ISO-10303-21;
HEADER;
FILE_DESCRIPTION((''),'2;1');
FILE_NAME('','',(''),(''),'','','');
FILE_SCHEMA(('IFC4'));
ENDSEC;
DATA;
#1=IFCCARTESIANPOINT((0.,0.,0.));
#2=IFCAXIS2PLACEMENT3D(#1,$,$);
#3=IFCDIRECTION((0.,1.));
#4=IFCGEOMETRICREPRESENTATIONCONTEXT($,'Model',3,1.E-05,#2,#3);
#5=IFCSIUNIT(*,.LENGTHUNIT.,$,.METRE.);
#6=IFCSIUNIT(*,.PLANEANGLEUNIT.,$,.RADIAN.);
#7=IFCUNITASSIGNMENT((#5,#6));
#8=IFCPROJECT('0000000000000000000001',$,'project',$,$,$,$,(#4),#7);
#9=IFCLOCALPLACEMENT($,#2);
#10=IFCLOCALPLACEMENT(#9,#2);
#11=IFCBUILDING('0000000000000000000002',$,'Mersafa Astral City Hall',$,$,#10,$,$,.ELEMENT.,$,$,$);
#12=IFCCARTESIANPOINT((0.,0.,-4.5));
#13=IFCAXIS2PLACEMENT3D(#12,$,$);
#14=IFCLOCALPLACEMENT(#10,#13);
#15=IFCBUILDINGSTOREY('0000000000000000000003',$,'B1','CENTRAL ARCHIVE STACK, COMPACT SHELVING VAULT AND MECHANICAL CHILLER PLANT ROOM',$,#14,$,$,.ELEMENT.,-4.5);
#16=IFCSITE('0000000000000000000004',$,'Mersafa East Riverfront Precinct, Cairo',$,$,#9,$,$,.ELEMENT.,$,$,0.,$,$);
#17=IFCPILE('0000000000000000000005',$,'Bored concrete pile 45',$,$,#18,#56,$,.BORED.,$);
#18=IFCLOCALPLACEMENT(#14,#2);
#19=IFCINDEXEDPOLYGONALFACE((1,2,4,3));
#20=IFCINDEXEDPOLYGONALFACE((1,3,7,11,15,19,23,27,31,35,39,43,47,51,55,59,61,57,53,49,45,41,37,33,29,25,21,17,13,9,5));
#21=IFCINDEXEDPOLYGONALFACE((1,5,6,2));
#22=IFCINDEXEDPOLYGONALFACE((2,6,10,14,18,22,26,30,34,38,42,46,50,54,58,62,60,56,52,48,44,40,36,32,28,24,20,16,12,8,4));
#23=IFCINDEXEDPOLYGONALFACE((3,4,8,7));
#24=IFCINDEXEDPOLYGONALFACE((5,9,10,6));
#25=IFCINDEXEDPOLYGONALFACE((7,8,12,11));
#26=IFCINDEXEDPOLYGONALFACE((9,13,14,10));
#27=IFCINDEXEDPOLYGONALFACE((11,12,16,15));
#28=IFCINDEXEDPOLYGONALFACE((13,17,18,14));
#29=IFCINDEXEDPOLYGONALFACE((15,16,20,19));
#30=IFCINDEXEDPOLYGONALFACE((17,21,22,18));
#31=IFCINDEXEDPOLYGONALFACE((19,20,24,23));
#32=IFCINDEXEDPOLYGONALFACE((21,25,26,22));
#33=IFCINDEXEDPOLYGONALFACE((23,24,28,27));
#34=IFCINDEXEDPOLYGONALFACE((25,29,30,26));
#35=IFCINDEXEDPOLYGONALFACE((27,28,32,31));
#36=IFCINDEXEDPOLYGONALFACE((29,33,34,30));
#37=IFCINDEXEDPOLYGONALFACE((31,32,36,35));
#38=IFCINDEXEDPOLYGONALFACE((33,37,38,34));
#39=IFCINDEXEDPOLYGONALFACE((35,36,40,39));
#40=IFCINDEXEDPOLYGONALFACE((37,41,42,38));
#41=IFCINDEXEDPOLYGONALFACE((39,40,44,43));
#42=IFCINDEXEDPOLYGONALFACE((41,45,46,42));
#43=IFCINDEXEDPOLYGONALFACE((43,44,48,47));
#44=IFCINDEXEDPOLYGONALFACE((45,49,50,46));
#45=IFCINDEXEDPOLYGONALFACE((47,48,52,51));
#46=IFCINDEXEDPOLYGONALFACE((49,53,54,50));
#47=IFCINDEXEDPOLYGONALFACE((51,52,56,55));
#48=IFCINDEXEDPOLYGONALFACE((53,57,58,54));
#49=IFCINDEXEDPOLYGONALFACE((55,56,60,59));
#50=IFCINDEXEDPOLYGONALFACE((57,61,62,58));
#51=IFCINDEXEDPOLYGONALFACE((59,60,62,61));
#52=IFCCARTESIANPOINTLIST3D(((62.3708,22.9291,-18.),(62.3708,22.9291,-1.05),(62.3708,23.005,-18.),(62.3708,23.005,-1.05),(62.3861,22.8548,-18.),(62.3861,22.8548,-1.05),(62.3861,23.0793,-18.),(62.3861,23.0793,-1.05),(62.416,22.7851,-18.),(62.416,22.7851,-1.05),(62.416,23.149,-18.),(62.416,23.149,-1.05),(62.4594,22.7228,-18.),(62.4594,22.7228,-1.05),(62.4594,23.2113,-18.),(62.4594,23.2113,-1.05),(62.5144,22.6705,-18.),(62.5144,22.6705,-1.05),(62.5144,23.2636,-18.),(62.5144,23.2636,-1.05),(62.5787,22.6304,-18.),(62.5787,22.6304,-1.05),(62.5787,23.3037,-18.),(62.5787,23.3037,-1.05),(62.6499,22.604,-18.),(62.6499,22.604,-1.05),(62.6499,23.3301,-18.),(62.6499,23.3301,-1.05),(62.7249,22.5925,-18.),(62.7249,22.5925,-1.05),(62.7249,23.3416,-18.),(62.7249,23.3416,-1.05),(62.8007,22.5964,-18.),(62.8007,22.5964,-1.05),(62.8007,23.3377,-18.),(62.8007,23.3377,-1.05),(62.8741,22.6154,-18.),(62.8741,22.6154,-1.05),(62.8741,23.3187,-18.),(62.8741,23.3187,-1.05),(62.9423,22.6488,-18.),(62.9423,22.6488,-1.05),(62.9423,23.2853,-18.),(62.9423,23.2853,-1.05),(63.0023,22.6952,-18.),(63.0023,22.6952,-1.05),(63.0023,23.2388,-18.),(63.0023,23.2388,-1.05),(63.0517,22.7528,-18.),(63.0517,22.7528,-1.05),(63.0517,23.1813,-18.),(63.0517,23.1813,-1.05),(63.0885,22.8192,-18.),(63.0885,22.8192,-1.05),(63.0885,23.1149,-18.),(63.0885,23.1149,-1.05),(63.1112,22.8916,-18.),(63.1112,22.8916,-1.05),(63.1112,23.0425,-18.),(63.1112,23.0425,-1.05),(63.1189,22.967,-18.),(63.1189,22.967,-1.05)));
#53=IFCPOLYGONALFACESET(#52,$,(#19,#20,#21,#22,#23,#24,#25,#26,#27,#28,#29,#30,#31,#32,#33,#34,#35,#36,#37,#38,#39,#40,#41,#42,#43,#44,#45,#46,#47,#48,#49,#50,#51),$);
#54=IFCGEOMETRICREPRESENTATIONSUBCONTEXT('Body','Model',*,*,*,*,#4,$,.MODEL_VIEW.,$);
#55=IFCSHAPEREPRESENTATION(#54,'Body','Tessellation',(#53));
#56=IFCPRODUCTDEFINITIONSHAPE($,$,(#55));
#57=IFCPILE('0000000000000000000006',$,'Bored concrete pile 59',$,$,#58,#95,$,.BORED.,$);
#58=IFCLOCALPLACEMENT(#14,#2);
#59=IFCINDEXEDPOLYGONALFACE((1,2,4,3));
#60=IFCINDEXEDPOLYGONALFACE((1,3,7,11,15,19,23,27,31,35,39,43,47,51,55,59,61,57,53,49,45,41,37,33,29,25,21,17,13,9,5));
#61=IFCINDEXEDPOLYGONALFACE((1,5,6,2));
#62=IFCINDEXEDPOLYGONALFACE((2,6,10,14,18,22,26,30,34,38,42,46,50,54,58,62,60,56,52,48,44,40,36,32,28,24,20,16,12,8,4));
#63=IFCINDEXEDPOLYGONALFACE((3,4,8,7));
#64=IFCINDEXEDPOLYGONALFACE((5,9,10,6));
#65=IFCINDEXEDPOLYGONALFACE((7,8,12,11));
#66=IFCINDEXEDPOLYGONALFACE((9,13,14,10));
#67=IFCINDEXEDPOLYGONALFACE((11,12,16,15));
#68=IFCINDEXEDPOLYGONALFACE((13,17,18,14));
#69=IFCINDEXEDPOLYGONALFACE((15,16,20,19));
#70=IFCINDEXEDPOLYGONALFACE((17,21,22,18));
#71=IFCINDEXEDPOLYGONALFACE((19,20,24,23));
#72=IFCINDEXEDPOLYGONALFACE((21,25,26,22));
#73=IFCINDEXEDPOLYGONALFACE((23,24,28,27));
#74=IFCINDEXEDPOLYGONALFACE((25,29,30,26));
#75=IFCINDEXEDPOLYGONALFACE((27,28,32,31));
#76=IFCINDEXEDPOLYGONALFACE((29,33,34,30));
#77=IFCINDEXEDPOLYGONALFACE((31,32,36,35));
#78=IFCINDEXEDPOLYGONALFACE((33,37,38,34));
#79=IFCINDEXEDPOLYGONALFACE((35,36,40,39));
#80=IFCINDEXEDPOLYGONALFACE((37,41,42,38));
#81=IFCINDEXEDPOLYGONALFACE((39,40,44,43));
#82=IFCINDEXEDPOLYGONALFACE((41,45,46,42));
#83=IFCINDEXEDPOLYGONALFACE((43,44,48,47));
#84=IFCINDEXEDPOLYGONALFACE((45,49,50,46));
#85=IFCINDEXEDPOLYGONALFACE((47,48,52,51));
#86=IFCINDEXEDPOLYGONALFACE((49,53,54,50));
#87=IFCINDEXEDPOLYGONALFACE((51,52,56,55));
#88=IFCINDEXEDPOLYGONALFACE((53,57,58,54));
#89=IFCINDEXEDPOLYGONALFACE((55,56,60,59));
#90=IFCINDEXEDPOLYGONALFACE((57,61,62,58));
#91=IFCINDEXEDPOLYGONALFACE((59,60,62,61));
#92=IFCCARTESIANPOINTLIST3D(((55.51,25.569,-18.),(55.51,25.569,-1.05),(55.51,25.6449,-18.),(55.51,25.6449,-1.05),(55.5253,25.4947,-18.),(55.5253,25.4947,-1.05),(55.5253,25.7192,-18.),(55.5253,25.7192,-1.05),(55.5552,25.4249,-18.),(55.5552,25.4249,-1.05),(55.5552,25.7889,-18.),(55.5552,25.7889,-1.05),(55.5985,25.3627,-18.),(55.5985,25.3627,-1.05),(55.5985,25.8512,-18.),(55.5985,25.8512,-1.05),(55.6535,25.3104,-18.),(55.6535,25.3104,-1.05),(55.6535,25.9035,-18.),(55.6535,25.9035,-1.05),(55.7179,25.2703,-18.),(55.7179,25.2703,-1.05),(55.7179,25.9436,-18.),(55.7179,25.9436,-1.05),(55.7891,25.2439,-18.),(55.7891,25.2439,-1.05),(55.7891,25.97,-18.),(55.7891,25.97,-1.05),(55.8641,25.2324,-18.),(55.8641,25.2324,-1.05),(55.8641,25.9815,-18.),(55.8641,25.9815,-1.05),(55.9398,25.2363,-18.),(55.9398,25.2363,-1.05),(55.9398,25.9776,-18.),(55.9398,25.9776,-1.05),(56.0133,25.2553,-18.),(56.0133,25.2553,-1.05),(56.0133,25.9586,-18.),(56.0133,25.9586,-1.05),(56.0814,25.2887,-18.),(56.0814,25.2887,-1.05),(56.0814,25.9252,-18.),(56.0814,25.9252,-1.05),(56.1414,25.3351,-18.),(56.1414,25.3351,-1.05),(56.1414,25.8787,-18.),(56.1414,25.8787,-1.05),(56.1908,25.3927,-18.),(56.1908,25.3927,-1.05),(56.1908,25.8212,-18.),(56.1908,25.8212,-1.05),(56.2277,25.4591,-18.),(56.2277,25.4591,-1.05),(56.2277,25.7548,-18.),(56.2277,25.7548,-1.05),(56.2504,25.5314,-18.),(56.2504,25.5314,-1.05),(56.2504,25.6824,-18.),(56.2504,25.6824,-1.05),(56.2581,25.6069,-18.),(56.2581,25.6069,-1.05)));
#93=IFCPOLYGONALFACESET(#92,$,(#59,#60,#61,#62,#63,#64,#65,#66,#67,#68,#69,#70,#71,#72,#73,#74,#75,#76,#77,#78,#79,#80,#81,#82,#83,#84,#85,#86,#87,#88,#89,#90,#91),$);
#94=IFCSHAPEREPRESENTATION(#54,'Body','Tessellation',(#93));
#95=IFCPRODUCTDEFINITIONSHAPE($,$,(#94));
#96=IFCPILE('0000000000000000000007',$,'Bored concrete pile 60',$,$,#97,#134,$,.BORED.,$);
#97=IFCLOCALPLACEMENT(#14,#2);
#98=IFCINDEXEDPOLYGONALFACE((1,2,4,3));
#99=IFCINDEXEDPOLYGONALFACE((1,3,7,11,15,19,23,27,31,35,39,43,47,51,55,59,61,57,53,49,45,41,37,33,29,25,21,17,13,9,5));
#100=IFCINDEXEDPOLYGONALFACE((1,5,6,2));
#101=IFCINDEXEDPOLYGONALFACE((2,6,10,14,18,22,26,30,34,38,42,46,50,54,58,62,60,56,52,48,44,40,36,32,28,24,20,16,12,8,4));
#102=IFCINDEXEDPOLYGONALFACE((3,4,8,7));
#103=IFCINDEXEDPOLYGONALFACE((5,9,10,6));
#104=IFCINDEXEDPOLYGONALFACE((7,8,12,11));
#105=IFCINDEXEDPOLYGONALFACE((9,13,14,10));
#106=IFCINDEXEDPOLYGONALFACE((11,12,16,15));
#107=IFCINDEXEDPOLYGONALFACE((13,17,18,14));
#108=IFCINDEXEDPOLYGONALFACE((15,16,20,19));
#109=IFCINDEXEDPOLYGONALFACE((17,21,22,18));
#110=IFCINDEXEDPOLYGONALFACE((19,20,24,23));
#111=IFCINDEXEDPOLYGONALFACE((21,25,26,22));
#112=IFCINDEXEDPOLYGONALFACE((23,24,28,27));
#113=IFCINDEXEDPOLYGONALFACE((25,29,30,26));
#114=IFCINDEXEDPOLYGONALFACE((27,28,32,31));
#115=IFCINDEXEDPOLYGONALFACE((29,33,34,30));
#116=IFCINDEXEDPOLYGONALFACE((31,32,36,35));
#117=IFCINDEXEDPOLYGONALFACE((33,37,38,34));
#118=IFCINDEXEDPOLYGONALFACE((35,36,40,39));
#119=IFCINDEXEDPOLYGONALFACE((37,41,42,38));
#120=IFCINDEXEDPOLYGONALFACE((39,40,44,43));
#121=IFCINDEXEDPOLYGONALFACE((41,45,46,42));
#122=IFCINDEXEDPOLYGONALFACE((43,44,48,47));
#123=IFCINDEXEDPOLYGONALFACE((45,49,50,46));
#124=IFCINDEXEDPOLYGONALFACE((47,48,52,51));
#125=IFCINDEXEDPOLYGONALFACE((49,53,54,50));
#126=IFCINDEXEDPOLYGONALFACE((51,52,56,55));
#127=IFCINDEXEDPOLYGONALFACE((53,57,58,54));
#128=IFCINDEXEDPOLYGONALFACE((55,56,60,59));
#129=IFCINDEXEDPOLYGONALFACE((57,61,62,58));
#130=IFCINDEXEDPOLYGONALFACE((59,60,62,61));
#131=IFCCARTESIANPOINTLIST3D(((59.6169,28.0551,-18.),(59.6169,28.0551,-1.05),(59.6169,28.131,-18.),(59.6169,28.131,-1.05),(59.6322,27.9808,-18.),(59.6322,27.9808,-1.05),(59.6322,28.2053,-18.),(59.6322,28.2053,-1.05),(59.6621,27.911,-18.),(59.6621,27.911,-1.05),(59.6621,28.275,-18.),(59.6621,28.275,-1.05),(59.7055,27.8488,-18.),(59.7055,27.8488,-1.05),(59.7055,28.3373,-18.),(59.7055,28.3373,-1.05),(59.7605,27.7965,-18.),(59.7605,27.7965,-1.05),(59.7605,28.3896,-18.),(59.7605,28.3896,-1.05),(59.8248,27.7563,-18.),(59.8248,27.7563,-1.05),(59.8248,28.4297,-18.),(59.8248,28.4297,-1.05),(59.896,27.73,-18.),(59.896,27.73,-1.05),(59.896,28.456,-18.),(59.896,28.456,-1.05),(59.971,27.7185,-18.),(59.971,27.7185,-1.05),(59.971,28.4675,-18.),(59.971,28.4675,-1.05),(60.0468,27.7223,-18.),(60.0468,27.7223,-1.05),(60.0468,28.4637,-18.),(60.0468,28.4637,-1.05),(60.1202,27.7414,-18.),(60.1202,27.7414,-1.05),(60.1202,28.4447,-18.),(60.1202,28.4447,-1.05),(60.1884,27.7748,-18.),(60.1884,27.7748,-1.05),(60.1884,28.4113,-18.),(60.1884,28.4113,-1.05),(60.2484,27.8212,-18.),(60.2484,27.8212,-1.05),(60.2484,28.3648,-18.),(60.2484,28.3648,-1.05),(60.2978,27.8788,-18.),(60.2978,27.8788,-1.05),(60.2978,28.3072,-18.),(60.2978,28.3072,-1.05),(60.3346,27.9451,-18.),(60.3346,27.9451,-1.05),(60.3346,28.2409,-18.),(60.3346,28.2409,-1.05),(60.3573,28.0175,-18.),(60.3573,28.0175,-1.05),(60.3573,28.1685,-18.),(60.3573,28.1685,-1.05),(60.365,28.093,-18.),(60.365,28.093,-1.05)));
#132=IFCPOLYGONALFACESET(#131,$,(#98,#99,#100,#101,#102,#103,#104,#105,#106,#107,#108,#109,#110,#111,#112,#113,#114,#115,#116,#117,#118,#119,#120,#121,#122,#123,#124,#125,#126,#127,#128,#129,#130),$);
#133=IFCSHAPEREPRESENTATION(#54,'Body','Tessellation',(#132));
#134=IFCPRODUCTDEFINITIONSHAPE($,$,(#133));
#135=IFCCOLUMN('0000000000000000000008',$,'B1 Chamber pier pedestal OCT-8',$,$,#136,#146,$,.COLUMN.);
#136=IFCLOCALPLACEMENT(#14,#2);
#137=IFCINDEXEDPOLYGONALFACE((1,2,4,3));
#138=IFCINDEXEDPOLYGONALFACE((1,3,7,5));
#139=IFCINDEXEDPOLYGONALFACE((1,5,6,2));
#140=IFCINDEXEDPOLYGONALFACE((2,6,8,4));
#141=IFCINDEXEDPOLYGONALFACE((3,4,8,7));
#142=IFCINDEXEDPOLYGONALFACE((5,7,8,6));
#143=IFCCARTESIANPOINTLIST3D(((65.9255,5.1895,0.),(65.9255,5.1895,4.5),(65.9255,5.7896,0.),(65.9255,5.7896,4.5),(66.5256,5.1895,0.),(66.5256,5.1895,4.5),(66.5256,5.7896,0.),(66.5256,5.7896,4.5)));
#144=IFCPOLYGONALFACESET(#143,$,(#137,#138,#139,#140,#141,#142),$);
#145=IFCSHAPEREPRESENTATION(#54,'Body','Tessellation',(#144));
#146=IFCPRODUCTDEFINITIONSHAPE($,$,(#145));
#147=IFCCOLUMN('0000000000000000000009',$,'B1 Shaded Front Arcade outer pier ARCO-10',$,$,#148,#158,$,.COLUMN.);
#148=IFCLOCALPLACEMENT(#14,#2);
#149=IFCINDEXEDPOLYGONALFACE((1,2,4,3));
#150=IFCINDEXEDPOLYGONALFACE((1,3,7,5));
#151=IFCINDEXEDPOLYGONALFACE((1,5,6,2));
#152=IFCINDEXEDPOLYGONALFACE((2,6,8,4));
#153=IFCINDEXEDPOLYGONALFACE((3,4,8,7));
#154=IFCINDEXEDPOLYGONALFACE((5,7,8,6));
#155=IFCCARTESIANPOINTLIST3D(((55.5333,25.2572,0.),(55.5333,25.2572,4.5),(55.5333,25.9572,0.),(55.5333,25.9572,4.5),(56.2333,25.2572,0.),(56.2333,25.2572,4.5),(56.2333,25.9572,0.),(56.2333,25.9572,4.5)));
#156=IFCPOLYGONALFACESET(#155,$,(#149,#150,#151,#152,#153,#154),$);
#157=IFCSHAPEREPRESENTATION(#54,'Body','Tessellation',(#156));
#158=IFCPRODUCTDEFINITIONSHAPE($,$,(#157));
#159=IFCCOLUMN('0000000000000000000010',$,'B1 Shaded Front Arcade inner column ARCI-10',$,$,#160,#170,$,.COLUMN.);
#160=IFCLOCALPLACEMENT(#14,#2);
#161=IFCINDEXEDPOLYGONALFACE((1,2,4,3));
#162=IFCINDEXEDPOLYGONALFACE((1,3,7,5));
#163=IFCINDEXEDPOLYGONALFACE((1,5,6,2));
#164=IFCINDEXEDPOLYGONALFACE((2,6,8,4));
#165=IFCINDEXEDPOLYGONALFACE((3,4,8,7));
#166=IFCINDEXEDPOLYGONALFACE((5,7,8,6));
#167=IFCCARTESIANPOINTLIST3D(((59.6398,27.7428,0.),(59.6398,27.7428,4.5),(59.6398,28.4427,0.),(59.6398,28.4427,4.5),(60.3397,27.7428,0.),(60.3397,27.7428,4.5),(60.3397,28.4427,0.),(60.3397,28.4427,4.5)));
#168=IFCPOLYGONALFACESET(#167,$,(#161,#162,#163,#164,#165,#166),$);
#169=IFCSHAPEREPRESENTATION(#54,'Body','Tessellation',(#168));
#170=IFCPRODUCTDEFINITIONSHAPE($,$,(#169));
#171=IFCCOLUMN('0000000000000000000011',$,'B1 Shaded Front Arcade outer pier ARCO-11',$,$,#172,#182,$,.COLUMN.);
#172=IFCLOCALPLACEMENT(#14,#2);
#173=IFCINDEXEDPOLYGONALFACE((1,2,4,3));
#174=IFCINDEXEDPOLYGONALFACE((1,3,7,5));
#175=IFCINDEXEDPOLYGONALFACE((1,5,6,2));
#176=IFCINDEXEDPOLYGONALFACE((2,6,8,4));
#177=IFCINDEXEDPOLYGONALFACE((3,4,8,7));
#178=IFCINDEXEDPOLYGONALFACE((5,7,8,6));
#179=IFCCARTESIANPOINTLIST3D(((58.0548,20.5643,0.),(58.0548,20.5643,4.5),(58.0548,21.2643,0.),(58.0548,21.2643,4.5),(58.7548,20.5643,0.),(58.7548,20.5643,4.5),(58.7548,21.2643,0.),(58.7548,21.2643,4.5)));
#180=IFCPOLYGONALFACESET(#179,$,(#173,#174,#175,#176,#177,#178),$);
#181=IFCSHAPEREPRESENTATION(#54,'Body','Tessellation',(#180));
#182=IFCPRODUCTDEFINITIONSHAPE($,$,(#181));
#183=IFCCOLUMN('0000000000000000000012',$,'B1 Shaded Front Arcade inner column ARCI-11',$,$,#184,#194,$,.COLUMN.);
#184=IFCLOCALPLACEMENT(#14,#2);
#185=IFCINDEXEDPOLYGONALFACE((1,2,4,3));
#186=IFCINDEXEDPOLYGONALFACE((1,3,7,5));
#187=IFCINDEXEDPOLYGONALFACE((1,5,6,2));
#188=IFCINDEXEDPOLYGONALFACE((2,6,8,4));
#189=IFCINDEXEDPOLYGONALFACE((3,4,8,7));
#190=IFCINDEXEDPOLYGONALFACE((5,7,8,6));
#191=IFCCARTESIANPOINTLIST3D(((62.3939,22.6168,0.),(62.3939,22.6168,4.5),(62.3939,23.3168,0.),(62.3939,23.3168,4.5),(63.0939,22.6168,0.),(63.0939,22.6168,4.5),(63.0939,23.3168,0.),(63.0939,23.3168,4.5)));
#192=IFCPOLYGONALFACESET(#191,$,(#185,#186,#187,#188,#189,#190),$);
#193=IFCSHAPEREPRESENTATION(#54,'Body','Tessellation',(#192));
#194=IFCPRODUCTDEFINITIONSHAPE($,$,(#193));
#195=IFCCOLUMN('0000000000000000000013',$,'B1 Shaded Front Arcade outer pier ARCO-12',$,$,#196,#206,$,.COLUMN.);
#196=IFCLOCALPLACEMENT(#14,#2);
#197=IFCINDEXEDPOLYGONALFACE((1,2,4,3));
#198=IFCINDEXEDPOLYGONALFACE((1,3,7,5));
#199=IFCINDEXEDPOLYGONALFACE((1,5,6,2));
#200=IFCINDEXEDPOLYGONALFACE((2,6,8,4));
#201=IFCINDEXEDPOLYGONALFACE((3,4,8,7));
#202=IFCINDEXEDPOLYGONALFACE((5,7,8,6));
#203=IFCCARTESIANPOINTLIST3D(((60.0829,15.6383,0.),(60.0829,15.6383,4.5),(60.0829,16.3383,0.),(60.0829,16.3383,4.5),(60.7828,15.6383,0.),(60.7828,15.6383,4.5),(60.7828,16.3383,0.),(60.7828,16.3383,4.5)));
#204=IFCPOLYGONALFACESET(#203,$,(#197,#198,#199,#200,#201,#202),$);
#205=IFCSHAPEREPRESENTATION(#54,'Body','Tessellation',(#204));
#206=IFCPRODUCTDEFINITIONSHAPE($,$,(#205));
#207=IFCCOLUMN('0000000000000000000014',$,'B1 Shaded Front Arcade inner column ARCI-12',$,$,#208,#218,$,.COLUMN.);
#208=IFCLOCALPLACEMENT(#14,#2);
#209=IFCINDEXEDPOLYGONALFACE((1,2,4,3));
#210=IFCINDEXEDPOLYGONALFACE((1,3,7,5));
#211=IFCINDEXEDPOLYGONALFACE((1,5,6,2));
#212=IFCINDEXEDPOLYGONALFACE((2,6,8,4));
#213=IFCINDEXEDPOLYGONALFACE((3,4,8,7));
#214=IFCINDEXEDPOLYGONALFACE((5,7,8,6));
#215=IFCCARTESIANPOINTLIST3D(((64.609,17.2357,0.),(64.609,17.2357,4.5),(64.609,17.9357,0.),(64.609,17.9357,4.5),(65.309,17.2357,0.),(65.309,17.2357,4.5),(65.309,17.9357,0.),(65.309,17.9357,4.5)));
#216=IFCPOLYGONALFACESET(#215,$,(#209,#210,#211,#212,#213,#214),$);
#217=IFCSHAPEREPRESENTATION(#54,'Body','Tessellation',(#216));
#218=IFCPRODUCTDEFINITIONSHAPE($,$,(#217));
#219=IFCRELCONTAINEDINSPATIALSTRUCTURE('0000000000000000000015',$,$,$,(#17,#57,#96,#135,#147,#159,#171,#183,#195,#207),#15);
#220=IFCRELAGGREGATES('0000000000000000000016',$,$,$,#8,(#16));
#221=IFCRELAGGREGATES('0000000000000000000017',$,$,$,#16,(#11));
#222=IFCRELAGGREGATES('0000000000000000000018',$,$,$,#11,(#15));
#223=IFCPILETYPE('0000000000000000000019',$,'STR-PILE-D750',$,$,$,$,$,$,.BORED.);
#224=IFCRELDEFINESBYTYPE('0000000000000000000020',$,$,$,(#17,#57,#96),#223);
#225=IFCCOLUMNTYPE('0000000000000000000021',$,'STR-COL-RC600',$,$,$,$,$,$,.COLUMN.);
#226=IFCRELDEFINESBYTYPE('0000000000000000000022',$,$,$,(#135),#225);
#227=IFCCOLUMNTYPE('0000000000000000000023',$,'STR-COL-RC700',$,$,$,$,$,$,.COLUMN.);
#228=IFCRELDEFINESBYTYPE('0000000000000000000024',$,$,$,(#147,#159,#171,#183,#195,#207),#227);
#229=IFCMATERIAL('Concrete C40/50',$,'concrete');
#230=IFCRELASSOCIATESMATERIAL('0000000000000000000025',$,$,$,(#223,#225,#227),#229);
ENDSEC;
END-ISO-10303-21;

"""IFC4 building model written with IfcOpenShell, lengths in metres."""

from ifc_helpers import new_model, si_unit, direction, frame, origin, origin_2d, place, context, subcontext, project, spatial, rectangle, circle, extrude, material, material_profile, profile_set, type_object, element, save


model = new_model("IFC4")

# Units and contexts
model_context = context("Model", 3, precision=1e-05, world=origin(), true_north=direction((0.0, 1.0)))
body_context = subcontext(model_context, "Body", "Model", "MODEL_VIEW")
ifc_project = project(units=[si_unit("LENGTHUNIT", "METRE"), si_unit("PLANEANGLEUNIT", "RADIAN")], contexts=[model_context])

# Site, building, storey
site_placement = place(None, origin())
site = spatial("IfcSite", under=ifc_project, at=site_placement, Name="Mersafa East Riverfront Precinct, Cairo", CompositionType="ELEMENT", RefElevation=0.0)
building_placement = place(site_placement, origin())
building = spatial("IfcBuilding", under=site, at=building_placement, Name="Mersafa Astral City Hall", CompositionType="ELEMENT")
storey_placement = place(building_placement, frame((0.0, 0.0, -4.5)))
storey = spatial("IfcBuildingStorey", under=building, at=storey_placement, Name="B1", Description="CENTRAL ARCHIVE STACK, COMPACT SHELVING VAULT AND MECHANICAL CHILLER PLANT ROOM", CompositionType="ELEMENT", Elevation=-4.5)

# Shared definitions
ifc_material = material(Name="Concrete C40/50", Category="concrete")

# Piles
ifc_material_profile_1 = material_profile(ifc_material, circle(Radius=0.375, at=origin_2d()), Name="PILE D750")
ifc_profile_set_1 = profile_set([ifc_material_profile_1], Name="Concrete C40/50")
pile_type_1 = type_object("IfcPileType", Name="STR-PILE-D750", PredefinedType="BORED", material=ifc_profile_set_1)
for number, where, z_axis, x_axis, name in (
    (1, (62.7439, 22.967, -1.05), (0.0, 0.0, -1.0), (1.0, 0.0, 0.0), "Bored concrete pile 45"),
    (2, (55.8831, 25.6069, -1.05), (0.0, 0.0, -1.0), (1.0, 0.0, 0.0), "Bored concrete pile 59"),
    (3, (59.99, 28.093, -1.05), (0.0, 0.0, -1.0), (1.0, 0.0, 0.0), "Bored concrete pile 60"),
):
    element("IfcPile", number, at=place(storey_placement, frame(where, z_axis=z_axis, x_axis=x_axis)), inside=storey, type_object=pile_type_1, Name=name, PredefinedType="BORED", context=body_context, shape_type="SweptSolid", body=[
        extrude(circle(Radius=0.375, at=origin_2d()), origin(), (0.0, 0.0, 1.0), 16.95),
    ])

# Columns
ifc_material_profile_2 = material_profile(ifc_material, rectangle(XDim=0.6001, YDim=0.6001, at=origin_2d()), Name="RC 600x600")
ifc_profile_set_2 = profile_set([ifc_material_profile_2], Name="Concrete C40/50")
column_type_1 = type_object("IfcColumnType", Name="STR-COL-RC600", PredefinedType="COLUMN", material=ifc_profile_set_2)
column_placement = place(storey_placement, frame((66.2256, 5.4895, 0.0), z_axis=(0.0, 0.0, 1.0), x_axis=(1.0, 0.0, 0.0)))
element("IfcColumn", 4, at=column_placement, inside=storey, type_object=column_type_1, Name="B1 Chamber pier pedestal OCT-8", PredefinedType="COLUMN", context=body_context, shape_type="SweptSolid", body=[
    extrude(rectangle(XDim=0.6001, YDim=0.6001, at=origin_2d()), origin(), (0.0, 0.0, 1.0), 4.5),
])
ifc_material_profile_3 = material_profile(ifc_material, rectangle(XDim=0.7, YDim=0.7, at=origin_2d()), Name="RC 700x700")
ifc_profile_set_3 = profile_set([ifc_material_profile_3], Name="Concrete C40/50")
column_type_2 = type_object("IfcColumnType", Name="STR-COL-RC700", PredefinedType="COLUMN", material=ifc_profile_set_3)
for number, where, z_axis, x_axis, name in (
    (5, (55.8833, 25.6072, 0.0), (0.0, 0.0, 1.0), (1.0, 0.0, 0.0), "B1 Shaded Front Arcade outer pier ARCO-10"),
    (6, (59.9897, 28.0928, 0.0), (0.0, 0.0, 1.0), (1.0, 0.0, 0.0), "B1 Shaded Front Arcade inner column ARCI-10"),
    (7, (58.4048, 20.9143, 0.0), (0.0, 0.0, 1.0), (1.0, 0.0, 0.0), "B1 Shaded Front Arcade outer pier ARCO-11"),
    (8, (62.7439, 22.9668, 0.0), (0.0, 0.0, 1.0), (1.0, 0.0, 0.0), "B1 Shaded Front Arcade inner column ARCI-11"),
    (9, (60.4329, 15.9883, 0.0), (0.0, 0.0, 1.0), (1.0, 0.0, 0.0), "B1 Shaded Front Arcade outer pier ARCO-12"),
    (10, (64.959, 17.5857, 0.0), (0.0, 0.0, 1.0), (1.0, 0.0, 0.0), "B1 Shaded Front Arcade inner column ARCI-12"),
):
    element("IfcColumn", number, at=place(storey_placement, frame(where, z_axis=z_axis, x_axis=x_axis)), inside=storey, type_object=column_type_2, Name=name, PredefinedType="COLUMN", context=body_context, shape_type="SweptSolid", body=[
        extrude(rectangle(XDim=0.7, YDim=0.7, at=origin_2d()), origin(), (0.0, 0.0, 1.0), 4.5),
    ])

save(model, "model.ifc")
